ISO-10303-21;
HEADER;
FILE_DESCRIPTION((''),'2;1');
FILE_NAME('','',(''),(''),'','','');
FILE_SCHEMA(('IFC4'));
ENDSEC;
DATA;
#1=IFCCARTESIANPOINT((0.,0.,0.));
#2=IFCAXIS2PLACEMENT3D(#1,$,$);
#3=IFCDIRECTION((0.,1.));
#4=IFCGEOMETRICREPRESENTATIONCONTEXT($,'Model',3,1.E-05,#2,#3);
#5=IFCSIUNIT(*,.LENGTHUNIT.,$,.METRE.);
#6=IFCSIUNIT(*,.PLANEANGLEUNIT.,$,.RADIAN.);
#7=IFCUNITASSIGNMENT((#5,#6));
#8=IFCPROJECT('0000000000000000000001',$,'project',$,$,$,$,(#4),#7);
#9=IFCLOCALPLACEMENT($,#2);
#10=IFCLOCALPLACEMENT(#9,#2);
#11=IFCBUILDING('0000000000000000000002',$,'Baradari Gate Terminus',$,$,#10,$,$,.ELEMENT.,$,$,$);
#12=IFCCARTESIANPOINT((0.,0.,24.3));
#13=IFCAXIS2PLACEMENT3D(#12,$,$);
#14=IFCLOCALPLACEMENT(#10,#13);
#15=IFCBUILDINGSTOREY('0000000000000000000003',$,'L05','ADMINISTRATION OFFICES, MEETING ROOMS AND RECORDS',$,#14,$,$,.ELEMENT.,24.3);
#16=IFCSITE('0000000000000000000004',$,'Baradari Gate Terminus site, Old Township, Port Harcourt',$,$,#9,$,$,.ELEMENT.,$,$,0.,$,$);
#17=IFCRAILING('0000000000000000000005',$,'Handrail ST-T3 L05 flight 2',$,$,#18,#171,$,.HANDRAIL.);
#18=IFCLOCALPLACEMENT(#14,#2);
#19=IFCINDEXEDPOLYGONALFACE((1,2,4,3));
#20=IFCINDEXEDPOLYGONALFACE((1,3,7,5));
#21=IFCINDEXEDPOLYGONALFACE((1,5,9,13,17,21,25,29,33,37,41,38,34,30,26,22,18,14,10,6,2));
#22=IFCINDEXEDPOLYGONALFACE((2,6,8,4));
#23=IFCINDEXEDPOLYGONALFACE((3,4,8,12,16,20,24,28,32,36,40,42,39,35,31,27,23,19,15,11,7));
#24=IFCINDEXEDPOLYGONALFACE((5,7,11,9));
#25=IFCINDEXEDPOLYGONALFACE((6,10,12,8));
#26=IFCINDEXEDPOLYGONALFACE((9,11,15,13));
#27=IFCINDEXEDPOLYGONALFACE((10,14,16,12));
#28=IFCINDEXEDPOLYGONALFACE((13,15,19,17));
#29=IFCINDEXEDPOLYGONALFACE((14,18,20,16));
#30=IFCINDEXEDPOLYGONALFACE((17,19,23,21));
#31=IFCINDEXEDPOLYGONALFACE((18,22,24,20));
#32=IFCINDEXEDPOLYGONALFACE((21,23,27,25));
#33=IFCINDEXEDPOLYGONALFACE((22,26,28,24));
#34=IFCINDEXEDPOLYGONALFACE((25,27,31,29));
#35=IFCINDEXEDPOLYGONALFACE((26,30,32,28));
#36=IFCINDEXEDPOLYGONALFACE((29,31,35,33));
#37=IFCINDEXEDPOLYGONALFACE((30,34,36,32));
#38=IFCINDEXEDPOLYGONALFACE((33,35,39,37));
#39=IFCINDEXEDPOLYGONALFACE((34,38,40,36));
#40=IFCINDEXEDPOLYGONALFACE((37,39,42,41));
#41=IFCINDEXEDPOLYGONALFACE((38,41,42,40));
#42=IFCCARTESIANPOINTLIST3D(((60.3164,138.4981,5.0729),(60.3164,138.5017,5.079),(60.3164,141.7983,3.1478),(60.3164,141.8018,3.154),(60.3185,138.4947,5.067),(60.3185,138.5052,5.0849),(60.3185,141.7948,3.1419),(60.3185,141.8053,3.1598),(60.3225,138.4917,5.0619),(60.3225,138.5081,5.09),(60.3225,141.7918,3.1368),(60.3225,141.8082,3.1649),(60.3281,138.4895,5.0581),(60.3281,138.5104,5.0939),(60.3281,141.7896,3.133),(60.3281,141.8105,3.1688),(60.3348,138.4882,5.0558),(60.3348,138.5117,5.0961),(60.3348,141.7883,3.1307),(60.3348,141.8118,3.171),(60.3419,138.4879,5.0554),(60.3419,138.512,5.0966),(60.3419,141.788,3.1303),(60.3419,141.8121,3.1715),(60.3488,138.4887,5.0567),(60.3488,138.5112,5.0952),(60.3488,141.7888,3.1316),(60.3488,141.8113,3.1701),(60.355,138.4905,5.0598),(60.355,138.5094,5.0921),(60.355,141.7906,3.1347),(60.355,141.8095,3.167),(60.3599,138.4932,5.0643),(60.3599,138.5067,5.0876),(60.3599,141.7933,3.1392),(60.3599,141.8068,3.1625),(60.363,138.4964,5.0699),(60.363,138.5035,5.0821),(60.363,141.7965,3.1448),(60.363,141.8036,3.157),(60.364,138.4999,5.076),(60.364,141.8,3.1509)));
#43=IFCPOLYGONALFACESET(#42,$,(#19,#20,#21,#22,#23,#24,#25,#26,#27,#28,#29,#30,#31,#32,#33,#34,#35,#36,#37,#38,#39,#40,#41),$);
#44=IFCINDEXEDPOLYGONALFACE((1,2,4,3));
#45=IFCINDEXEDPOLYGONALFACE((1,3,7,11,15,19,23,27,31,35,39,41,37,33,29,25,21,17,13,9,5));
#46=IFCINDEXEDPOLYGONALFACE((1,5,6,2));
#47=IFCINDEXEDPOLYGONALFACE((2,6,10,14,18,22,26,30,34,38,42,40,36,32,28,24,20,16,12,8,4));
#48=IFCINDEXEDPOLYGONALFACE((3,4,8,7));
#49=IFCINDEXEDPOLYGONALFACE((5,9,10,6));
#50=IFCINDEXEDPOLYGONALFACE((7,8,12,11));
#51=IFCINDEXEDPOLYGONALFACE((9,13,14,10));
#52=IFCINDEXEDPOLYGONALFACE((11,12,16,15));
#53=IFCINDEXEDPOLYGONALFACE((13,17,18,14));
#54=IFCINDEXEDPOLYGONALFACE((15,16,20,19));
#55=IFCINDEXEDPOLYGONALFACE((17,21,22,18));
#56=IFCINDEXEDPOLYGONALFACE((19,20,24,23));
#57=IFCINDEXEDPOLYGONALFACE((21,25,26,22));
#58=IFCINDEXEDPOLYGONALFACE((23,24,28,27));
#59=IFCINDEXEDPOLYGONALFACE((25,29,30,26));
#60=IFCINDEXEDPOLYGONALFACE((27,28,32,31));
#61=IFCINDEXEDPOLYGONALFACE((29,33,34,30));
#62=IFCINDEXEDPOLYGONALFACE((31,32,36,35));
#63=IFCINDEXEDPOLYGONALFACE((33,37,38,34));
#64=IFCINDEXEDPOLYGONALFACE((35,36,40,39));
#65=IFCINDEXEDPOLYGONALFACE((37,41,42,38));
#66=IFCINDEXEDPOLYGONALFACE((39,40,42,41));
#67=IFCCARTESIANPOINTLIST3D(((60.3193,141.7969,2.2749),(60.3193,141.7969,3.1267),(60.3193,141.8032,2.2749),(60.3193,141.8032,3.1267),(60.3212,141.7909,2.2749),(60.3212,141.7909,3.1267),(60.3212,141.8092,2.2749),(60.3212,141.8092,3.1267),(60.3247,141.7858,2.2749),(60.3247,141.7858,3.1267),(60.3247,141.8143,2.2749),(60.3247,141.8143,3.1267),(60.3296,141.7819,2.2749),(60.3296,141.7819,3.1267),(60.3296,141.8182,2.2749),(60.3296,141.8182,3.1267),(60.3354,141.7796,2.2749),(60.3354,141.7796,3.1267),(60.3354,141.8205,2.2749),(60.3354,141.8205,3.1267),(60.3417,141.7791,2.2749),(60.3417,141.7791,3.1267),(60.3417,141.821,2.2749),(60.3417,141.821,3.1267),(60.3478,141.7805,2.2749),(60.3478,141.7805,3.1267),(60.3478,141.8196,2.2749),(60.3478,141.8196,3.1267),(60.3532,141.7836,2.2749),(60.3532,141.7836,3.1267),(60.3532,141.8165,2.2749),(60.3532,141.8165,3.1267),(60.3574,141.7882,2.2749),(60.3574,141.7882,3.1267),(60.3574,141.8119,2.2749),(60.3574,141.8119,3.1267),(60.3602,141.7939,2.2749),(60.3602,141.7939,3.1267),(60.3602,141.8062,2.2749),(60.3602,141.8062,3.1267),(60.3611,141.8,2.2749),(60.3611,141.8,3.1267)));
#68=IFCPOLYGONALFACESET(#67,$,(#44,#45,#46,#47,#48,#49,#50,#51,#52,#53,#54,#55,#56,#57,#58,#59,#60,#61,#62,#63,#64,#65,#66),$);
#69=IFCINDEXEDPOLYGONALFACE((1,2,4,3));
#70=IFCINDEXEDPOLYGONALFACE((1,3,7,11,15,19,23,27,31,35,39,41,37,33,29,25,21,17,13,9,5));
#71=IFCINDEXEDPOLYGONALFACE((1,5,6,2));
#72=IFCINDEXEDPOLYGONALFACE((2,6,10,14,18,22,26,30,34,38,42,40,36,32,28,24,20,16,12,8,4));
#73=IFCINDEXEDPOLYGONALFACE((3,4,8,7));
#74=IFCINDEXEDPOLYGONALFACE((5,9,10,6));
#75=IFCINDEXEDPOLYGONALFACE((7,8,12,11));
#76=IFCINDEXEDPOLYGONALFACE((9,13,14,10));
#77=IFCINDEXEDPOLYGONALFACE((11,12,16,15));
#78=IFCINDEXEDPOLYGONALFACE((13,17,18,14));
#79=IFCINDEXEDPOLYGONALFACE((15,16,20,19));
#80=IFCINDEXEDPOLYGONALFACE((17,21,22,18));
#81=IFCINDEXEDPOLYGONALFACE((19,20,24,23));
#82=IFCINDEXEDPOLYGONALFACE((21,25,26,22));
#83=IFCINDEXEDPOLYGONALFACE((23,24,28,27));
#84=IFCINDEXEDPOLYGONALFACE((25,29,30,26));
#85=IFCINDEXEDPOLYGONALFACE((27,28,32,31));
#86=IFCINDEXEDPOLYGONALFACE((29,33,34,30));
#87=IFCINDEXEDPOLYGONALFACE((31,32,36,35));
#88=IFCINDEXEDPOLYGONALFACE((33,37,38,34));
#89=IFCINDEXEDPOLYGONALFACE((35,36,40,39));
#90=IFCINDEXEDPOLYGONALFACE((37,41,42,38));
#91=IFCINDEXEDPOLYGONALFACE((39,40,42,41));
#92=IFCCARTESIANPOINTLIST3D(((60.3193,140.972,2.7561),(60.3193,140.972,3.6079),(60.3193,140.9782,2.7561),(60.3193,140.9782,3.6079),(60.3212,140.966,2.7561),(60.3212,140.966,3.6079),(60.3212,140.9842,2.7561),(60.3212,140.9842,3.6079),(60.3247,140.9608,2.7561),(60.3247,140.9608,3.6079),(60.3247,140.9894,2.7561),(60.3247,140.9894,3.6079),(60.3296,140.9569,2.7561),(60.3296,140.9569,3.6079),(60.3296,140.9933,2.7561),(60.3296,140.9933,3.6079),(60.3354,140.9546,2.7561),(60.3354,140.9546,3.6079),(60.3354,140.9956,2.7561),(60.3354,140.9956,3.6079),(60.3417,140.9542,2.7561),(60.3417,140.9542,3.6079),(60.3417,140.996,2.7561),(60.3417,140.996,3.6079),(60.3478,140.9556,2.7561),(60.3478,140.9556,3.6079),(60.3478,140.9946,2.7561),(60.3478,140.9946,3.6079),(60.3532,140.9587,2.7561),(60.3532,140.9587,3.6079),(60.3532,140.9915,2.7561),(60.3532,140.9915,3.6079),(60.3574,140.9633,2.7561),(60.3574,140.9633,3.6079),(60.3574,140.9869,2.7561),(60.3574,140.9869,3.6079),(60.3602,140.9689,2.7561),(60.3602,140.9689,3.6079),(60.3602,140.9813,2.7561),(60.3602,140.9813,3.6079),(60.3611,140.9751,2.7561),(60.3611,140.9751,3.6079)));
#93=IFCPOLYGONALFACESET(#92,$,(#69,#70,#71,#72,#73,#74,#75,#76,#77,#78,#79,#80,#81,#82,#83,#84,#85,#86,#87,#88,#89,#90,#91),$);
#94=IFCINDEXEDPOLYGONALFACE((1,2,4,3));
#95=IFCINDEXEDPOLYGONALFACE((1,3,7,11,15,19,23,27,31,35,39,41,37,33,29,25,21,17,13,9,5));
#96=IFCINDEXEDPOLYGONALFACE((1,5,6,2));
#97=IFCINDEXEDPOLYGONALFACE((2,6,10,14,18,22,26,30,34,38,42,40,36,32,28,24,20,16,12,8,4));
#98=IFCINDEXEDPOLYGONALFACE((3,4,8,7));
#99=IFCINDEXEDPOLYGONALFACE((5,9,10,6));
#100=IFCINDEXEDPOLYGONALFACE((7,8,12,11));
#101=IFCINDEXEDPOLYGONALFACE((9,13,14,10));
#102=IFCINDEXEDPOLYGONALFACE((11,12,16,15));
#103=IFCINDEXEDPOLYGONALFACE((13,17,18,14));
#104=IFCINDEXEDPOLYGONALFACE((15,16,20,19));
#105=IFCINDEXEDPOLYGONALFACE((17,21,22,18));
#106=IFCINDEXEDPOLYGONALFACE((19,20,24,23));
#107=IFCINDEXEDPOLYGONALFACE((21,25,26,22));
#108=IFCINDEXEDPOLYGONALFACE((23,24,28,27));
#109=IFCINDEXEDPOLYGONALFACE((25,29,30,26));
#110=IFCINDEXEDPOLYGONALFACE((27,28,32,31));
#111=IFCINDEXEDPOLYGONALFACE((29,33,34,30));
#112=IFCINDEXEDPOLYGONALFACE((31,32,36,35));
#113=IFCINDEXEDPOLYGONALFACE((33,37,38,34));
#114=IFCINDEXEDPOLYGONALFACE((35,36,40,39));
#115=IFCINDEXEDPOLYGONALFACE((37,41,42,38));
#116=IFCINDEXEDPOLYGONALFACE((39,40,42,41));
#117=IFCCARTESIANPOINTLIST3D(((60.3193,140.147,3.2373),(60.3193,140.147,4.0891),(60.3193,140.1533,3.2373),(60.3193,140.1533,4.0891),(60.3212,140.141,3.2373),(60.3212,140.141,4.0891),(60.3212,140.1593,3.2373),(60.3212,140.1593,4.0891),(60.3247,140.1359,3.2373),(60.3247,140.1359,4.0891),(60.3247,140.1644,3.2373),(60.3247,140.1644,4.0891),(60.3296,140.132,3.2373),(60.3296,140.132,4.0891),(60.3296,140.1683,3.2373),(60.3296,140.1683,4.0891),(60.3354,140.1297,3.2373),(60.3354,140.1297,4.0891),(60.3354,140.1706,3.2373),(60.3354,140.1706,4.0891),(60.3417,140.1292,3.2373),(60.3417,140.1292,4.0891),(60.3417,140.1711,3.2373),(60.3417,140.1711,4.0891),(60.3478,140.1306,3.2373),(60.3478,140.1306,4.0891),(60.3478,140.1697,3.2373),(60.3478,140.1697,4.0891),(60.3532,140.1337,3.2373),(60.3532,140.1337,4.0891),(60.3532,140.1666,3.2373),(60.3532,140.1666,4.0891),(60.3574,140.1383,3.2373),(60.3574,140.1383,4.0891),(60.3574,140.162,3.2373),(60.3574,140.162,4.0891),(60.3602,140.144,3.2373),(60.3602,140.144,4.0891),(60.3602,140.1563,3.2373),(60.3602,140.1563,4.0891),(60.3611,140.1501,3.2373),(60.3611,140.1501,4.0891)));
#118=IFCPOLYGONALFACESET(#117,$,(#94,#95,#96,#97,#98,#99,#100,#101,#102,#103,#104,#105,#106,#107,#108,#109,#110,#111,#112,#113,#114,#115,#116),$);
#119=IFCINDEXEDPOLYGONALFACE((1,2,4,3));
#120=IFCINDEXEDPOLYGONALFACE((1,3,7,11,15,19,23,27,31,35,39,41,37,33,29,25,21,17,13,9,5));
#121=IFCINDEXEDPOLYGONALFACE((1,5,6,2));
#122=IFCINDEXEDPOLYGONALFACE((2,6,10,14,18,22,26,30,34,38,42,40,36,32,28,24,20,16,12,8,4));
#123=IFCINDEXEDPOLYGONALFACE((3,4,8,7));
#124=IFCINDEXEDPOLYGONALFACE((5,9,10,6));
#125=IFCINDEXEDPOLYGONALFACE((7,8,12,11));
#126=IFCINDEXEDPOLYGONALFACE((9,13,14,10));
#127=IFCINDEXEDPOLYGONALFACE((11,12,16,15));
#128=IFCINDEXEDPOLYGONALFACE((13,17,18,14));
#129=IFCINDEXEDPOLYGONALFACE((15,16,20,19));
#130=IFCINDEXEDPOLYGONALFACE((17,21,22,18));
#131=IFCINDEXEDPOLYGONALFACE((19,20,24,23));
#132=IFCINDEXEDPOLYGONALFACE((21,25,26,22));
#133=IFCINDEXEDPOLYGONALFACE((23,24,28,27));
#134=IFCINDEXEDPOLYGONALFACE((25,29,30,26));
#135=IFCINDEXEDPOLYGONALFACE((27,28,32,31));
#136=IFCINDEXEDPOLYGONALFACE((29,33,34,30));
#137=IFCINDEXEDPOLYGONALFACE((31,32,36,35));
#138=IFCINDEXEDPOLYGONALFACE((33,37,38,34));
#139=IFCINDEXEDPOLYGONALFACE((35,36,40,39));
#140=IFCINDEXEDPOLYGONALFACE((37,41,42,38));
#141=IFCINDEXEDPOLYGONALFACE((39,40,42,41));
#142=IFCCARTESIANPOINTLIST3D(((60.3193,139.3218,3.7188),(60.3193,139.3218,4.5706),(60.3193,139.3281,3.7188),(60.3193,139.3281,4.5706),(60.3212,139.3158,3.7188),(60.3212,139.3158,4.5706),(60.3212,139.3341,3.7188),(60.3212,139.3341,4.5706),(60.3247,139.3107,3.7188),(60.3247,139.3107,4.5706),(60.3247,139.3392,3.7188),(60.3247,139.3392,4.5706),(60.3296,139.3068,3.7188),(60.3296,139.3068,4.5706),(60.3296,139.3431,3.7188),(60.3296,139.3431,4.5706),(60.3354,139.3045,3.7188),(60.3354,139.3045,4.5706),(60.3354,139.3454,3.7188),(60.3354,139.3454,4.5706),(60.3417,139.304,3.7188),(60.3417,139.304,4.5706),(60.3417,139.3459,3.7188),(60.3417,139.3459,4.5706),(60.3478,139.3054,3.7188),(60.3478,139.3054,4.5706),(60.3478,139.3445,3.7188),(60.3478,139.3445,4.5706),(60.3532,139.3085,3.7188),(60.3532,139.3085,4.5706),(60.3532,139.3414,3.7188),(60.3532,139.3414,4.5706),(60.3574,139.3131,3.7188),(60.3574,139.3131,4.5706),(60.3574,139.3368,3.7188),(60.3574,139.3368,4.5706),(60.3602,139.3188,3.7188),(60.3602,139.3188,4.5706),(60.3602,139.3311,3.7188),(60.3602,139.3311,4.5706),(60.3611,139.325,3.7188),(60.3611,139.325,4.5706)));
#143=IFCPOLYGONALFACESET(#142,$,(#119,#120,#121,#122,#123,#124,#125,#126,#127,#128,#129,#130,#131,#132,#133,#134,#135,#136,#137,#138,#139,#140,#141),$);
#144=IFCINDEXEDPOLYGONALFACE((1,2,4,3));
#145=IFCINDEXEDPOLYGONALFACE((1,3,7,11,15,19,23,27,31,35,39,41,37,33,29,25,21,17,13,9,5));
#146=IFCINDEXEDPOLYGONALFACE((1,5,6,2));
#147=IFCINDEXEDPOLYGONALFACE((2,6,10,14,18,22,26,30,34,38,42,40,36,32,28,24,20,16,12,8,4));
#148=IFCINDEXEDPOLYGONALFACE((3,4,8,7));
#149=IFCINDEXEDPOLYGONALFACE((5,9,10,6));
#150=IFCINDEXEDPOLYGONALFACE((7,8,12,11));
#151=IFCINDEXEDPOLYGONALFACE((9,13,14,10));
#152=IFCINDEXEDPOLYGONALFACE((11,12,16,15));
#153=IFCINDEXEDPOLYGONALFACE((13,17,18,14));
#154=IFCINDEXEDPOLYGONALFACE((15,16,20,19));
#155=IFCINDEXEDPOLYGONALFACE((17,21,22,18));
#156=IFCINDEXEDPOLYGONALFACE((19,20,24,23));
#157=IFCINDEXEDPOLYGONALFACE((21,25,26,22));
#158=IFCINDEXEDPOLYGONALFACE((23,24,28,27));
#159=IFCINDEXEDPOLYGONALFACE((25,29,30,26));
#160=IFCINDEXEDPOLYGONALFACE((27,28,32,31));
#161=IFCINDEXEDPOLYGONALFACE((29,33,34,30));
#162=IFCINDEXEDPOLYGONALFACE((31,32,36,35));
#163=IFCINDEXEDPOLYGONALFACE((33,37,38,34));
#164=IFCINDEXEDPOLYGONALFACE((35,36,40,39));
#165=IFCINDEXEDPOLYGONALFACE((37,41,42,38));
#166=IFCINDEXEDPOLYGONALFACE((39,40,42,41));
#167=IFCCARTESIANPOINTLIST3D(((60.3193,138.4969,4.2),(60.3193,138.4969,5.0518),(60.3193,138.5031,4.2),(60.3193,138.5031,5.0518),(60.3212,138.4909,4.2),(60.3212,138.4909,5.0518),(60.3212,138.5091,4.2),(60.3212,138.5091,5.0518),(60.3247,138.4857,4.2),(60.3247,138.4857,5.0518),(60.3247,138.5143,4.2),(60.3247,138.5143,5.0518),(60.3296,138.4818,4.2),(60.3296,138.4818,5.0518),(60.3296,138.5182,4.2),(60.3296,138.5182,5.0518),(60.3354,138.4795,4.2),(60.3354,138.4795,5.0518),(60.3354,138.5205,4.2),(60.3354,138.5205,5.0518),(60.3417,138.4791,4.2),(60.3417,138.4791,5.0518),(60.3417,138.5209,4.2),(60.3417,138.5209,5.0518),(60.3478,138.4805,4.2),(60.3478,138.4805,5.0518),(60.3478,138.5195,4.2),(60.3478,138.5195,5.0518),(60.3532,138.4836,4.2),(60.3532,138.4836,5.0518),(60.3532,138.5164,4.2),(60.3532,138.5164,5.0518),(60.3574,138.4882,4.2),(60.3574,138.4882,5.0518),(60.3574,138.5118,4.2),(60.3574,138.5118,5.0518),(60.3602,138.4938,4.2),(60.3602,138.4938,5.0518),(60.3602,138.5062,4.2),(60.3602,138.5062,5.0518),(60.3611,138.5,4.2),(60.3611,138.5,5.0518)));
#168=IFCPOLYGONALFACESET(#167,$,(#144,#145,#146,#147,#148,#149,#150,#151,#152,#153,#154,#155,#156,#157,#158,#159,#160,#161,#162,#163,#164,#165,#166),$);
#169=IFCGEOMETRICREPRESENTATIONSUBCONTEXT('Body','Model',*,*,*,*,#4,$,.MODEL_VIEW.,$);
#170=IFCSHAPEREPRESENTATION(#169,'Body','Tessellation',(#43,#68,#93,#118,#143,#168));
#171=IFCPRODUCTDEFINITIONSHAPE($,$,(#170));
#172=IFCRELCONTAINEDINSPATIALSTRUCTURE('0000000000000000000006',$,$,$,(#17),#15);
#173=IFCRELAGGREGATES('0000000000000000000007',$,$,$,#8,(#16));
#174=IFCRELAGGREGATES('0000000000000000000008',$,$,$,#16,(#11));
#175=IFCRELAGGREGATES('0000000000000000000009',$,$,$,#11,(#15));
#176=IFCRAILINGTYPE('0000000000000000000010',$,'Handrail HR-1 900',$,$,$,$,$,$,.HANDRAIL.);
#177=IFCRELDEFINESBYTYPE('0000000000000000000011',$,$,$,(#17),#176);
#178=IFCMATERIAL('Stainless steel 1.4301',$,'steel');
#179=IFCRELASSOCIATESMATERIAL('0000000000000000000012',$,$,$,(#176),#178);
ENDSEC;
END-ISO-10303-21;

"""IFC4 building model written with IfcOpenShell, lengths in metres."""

from ifc_helpers import new_model, si_unit, direction, frame, origin, origin_2d, place, context, subcontext, project, spatial, circle, extrude, material, type_object, element, save


model = new_model("IFC4")

# Units and contexts
model_context = context("Model", 3, precision=1e-05, world=origin(), true_north=direction((0.0, 1.0)))
body_context = subcontext(model_context, "Body", "Model", "MODEL_VIEW")
ifc_project = project(units=[si_unit("LENGTHUNIT", "METRE"), si_unit("PLANEANGLEUNIT", "RADIAN")], contexts=[model_context])

# Site, building, storey
site_placement = place(None, origin())
site = spatial("IfcSite", under=ifc_project, at=site_placement, Name="Baradari Gate Terminus site, Old Township, Port Harcourt", CompositionType="ELEMENT", RefElevation=0.0)
building_placement = place(site_placement, origin())
building = spatial("IfcBuilding", under=site, at=building_placement, Name="Baradari Gate Terminus", CompositionType="ELEMENT")
storey_placement = place(building_placement, frame((0.0, 0.0, 24.3)))
storey = spatial("IfcBuildingStorey", under=building, at=storey_placement, Name="L05", Description="ADMINISTRATION OFFICES, MEETING ROOMS AND RECORDS", CompositionType="ELEMENT", Elevation=24.3)

# Railing
ifc_material_1 = material(Name="Stainless steel 1.4301", Category="steel")
railing_type = type_object("IfcRailingType", Name="Handrail HR-1 900", PredefinedType="HANDRAIL", material=ifc_material_1)
for number, where, name in (
    (1, (60.3401, 141.8, 2.2749), "Handrail ST-T3 L05 flight 2"),
):
    element("IfcRailing", number, at=place(storey_placement, frame(where)), inside=storey, type_object=railing_type, Name=name, PredefinedType="HANDRAIL", context=body_context, shape_type="SweptSolid", body=[
        extrude(circle(Radius=0.0239, at=origin_2d()), frame((0.0, 0.0, 0.876), z_axis=(0.0, -0.863777, 0.503875), x_axis=(1.0, 0.0, 0.0)), (0.0, 0.0, 1.0), 3.8206),
        extrude(circle(Radius=0.021, at=origin_2d()), origin(), (0.0, 0.0, 1.0), 0.8518),
        extrude(circle(Radius=0.021, at=origin_2d()), frame((0.0, -0.825, 0.4812)), (0.0, 0.0, 1.0), 0.8518),
        extrude(circle(Radius=0.021, at=origin_2d()), frame((0.0, -1.6499, 0.9624)), (0.0, 0.0, 1.0), 0.8518),
        extrude(circle(Radius=0.021, at=origin_2d()), frame((0.0, -2.4751, 1.4438)), (0.0, 0.0, 1.0), 0.8518),
        extrude(circle(Radius=0.021, at=origin_2d()), frame((0.0, -3.3, 1.925)), (0.0, 0.0, 1.0), 0.8518),
    ])

save(model, "model.ifc")
